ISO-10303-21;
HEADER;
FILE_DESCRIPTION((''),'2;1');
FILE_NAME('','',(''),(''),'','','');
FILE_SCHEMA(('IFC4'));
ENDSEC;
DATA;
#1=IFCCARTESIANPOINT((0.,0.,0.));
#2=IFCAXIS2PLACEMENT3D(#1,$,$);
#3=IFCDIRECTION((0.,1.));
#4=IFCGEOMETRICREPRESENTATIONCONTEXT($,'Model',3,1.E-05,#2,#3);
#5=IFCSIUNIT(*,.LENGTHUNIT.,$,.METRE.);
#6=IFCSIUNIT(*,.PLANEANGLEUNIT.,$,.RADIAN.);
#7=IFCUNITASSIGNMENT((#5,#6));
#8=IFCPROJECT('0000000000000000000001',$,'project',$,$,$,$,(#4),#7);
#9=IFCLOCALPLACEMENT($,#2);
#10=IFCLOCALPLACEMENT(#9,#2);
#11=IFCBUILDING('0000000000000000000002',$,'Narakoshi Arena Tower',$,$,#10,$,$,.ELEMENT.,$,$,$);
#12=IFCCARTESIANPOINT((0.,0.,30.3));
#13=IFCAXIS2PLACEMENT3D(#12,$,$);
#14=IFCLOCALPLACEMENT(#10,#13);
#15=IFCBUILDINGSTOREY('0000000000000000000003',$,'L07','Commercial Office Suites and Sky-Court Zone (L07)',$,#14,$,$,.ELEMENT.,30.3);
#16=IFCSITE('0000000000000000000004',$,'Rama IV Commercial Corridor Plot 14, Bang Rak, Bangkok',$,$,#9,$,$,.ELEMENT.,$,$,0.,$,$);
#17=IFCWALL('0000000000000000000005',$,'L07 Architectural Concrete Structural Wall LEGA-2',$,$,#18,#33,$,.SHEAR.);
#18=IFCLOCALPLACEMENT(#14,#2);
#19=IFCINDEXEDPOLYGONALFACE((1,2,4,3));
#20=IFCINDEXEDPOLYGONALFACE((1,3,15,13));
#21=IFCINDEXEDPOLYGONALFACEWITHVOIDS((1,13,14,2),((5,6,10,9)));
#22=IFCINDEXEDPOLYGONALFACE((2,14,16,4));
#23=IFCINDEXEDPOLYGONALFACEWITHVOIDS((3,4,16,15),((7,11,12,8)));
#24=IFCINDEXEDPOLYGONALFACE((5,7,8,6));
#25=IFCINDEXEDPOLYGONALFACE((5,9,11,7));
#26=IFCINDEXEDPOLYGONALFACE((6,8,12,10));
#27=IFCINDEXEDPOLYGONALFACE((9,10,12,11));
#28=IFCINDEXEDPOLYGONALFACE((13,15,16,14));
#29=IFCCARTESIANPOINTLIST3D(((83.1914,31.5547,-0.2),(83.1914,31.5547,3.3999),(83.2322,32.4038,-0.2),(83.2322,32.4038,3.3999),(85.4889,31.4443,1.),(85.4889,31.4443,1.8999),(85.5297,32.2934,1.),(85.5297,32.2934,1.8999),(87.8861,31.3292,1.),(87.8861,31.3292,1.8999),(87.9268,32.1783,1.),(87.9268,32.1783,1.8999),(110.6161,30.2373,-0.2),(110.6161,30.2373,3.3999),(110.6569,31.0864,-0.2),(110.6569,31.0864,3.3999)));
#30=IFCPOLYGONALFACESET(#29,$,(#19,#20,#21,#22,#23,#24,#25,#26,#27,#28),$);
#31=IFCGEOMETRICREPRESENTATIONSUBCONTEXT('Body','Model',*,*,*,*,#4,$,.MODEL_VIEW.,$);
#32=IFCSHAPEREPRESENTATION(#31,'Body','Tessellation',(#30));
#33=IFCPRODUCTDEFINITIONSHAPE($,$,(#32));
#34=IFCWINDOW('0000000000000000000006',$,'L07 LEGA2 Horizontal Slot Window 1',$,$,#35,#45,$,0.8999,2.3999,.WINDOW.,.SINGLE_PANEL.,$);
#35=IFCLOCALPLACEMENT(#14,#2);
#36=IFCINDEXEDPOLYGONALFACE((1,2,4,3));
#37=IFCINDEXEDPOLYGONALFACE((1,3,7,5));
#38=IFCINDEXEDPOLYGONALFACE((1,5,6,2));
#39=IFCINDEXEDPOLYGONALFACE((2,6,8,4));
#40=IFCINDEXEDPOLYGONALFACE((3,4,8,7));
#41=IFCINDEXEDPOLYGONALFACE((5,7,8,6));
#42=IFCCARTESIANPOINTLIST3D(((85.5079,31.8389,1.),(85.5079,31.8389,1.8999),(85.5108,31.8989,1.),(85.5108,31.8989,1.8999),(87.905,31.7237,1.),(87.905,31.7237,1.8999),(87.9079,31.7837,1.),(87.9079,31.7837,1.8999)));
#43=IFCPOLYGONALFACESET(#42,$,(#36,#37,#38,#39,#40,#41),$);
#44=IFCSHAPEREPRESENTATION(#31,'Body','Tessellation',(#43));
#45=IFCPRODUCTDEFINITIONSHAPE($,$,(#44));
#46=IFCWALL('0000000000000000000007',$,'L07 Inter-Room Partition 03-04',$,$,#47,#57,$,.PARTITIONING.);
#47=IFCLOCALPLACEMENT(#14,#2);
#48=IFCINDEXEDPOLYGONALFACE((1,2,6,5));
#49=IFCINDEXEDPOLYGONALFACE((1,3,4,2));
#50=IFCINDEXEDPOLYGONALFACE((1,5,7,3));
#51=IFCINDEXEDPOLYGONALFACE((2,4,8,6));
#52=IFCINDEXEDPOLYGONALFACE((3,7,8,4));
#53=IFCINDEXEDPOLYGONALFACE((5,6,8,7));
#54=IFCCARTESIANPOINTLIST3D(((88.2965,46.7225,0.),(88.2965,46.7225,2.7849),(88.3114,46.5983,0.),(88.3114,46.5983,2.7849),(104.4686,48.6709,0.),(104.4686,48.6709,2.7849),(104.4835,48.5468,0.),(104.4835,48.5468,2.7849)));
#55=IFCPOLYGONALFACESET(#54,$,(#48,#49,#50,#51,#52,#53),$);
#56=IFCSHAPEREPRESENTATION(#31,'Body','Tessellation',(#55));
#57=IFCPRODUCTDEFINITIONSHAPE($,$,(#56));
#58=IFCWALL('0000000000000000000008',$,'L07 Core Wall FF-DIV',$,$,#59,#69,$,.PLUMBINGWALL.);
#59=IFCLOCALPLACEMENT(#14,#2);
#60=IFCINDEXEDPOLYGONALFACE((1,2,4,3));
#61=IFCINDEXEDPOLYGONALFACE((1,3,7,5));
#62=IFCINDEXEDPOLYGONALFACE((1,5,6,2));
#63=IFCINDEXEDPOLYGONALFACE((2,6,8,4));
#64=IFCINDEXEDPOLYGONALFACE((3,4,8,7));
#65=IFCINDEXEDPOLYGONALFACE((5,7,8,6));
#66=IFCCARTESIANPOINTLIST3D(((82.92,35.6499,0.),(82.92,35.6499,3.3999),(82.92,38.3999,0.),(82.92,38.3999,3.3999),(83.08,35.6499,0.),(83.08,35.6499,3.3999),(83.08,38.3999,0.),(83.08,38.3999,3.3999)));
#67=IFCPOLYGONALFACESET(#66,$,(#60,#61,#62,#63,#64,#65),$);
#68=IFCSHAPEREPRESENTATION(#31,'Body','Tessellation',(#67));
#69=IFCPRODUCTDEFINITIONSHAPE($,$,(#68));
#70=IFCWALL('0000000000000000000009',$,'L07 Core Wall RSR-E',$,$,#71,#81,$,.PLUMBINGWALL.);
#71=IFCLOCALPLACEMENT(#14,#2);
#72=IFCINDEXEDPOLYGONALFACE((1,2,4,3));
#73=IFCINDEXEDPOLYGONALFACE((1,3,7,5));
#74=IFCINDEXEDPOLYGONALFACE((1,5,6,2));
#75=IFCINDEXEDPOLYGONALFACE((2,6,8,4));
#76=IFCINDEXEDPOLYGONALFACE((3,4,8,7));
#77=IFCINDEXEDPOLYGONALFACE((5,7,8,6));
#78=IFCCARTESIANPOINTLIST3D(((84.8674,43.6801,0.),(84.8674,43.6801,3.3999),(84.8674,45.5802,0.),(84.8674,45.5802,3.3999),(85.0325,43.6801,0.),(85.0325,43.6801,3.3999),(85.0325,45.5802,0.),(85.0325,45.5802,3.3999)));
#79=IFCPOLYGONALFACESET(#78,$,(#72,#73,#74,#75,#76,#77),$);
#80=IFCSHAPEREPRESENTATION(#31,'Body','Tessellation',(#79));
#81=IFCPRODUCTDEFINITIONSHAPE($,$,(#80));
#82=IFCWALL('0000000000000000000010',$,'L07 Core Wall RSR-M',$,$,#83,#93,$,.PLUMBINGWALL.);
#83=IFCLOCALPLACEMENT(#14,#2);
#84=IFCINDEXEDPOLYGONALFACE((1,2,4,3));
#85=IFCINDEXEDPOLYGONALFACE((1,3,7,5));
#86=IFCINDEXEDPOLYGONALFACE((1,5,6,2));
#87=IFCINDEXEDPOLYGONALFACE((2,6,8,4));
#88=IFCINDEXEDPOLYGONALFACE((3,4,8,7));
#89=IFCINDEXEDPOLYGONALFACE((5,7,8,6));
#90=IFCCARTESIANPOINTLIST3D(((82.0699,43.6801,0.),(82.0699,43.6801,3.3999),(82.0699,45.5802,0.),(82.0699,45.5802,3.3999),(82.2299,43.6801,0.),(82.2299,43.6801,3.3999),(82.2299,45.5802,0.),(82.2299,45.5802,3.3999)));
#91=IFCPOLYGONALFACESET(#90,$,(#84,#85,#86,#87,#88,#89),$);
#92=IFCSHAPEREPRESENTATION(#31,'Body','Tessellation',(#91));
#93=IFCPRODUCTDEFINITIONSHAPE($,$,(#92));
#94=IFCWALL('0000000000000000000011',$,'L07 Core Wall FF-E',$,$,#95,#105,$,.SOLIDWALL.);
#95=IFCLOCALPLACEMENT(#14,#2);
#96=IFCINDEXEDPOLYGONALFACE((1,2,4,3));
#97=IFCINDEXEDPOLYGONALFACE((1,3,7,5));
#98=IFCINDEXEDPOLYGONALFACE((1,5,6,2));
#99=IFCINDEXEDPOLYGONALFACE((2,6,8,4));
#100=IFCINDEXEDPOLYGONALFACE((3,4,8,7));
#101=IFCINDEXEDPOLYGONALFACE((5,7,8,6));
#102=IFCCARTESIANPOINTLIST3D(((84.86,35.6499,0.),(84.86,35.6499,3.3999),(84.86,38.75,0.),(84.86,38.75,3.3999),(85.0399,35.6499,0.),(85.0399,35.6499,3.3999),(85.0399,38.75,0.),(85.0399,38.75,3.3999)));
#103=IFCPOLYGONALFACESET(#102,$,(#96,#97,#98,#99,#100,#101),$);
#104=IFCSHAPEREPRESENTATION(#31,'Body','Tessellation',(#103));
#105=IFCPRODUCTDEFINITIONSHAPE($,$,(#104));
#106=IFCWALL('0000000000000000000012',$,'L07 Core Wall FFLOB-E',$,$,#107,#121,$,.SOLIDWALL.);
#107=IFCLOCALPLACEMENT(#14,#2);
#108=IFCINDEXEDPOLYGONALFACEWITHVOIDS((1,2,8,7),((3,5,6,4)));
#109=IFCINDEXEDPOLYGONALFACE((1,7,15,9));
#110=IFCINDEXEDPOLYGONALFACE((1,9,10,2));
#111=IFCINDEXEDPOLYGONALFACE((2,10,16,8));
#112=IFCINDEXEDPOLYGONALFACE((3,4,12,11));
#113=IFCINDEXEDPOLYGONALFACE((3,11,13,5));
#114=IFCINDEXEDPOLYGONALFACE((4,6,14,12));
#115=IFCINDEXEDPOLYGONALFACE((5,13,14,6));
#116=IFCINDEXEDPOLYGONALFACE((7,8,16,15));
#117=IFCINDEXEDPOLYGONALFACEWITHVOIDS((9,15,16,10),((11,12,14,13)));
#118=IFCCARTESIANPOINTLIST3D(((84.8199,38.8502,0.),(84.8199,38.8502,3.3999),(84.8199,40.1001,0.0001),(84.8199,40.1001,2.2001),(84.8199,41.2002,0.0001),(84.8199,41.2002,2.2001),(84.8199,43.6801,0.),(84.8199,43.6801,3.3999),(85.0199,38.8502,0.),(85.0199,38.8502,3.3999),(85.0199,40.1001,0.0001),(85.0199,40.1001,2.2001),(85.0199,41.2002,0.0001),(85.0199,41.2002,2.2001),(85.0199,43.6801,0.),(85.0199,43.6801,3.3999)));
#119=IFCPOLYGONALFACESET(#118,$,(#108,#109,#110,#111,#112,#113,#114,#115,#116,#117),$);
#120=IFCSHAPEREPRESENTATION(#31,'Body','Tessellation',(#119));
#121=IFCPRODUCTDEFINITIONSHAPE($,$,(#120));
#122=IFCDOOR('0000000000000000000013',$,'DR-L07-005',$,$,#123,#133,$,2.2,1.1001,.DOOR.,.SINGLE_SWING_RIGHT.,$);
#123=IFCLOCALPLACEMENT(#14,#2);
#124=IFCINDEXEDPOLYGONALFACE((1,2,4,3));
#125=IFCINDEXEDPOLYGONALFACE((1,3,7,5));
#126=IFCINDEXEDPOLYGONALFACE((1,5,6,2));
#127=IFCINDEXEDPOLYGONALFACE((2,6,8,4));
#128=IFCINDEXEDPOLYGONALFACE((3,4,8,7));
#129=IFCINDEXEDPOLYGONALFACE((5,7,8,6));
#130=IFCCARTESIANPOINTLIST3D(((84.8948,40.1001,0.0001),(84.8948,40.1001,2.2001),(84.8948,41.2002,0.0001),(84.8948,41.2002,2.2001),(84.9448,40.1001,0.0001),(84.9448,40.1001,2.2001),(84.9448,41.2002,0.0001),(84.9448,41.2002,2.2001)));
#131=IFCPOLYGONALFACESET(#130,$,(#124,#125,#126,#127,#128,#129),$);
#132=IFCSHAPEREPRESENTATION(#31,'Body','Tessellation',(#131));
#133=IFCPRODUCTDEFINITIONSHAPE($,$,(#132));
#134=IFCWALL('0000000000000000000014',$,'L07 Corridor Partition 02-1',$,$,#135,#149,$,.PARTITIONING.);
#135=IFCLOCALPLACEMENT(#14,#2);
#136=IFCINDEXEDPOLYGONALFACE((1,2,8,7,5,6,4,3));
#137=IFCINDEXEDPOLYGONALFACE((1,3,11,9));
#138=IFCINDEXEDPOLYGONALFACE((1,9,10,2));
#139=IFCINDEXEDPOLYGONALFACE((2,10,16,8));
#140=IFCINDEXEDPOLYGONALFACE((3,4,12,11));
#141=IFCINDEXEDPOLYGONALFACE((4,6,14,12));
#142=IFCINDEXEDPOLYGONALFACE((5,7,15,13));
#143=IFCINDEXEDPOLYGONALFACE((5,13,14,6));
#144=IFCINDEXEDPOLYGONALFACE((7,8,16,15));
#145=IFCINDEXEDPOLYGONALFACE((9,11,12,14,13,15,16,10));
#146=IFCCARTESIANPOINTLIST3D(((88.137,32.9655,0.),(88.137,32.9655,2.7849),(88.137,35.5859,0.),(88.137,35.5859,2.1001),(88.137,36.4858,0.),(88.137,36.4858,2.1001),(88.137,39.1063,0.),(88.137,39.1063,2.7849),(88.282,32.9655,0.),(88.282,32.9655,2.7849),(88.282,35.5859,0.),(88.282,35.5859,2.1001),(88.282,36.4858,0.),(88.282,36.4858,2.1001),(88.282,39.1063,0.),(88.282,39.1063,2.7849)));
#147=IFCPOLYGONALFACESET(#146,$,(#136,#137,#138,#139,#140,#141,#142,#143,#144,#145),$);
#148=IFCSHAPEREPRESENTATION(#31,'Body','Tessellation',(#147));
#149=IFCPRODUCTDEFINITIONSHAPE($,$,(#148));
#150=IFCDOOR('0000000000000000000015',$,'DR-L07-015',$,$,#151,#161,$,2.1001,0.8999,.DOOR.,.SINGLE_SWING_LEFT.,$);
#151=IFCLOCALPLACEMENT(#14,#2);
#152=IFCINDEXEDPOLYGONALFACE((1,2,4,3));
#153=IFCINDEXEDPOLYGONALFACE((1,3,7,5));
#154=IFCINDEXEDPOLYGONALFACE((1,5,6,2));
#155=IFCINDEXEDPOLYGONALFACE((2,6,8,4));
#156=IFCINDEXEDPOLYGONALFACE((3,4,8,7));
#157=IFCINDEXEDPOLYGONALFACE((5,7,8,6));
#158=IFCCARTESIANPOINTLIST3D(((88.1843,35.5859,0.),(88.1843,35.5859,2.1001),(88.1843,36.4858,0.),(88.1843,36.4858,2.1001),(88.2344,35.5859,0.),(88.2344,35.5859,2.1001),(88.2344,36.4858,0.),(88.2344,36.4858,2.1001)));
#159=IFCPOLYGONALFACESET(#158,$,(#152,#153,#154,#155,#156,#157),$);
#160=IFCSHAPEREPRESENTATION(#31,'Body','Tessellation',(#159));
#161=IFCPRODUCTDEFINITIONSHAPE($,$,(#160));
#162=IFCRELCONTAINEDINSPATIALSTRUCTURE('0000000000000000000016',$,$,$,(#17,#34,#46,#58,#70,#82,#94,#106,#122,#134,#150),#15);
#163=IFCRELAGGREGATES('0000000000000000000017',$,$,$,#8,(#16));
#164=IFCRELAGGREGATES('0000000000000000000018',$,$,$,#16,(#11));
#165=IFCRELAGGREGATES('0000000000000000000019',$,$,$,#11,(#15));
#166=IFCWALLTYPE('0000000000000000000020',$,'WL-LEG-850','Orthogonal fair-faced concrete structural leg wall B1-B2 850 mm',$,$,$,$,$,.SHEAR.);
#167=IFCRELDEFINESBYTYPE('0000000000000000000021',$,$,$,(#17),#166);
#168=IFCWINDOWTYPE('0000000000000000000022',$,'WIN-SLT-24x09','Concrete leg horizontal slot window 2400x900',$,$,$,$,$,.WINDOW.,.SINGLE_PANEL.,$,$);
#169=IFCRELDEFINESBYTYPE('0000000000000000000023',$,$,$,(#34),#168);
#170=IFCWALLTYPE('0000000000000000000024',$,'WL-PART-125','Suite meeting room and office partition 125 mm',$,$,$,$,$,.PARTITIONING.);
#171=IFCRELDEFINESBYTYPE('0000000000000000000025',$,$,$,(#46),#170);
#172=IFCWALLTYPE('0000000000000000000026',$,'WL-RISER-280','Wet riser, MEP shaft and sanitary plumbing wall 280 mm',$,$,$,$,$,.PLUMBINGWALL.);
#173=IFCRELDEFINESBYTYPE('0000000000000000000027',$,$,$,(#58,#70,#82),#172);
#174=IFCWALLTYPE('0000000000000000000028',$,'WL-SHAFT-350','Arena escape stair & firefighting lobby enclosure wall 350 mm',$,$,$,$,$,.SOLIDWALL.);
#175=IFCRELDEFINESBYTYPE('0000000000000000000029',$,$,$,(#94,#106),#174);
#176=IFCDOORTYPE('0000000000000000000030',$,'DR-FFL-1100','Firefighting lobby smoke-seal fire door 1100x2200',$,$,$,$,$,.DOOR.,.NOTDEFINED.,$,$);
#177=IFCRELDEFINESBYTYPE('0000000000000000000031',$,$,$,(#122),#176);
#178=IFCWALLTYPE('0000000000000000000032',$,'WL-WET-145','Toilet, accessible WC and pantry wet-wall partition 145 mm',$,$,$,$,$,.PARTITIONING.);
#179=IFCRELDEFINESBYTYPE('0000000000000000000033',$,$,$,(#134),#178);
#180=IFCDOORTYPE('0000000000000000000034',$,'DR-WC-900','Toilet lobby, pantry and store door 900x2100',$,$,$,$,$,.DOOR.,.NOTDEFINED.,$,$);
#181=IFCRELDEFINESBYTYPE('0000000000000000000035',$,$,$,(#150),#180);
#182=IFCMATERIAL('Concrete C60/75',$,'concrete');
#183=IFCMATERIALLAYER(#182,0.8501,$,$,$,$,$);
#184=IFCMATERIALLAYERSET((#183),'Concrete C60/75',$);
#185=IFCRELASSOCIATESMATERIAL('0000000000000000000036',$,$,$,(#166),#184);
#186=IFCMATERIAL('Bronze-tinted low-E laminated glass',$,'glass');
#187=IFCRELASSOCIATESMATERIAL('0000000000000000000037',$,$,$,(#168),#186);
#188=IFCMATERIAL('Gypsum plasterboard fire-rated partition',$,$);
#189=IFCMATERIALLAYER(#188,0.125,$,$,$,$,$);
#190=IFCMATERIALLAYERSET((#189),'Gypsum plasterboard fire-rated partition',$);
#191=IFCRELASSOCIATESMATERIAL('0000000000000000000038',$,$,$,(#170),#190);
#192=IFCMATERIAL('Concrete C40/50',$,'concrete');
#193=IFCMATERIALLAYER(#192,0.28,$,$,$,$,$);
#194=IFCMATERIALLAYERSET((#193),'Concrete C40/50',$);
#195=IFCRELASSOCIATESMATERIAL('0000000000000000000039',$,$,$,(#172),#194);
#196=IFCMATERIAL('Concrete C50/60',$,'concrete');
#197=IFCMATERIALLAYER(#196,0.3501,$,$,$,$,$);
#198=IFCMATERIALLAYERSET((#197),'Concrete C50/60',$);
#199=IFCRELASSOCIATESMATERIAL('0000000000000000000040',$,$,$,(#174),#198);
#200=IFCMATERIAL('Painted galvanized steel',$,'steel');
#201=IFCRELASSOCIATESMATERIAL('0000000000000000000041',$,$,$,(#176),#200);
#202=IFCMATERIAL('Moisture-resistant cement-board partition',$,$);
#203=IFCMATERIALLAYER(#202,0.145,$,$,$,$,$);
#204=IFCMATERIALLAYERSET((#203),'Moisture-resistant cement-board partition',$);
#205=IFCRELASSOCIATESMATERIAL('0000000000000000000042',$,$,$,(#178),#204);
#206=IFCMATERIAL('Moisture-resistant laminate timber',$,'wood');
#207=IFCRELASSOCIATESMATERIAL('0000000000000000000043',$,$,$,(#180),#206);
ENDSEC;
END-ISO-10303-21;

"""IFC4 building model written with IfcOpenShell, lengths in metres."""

from ifc_helpers import new_model, si_unit, direction, frame, frame_2d, origin, place, context, subcontext, project, spatial, rectangle, extrude, material, layer, layer_set, type_object, element, fill, save


model = new_model("IFC4")

# Units and contexts
model_context = context("Model", 3, precision=1e-05, world=origin(), true_north=direction((0.0, 1.0)))
body_context = subcontext(model_context, "Body", "Model", "MODEL_VIEW")
ifc_project = project(units=[si_unit("LENGTHUNIT", "METRE"), si_unit("PLANEANGLEUNIT", "RADIAN")], contexts=[model_context])

# Site, building, storey
site_placement = place(None, origin())
site = spatial("IfcSite", under=ifc_project, at=site_placement, Name="Rama IV Commercial Corridor Plot 14, Bang Rak, Bangkok", CompositionType="ELEMENT", RefElevation=0.0)
building_placement = place(site_placement, origin())
building = spatial("IfcBuilding", under=site, at=building_placement, Name="Narakoshi Arena Tower", CompositionType="ELEMENT")
storey_placement = place(building_placement, frame((0.0, 0.0, 30.3)))
storey = spatial("IfcBuildingStorey", under=building, at=storey_placement, Name="L07", Description="Commercial Office Suites and Sky-Court Zone (L07)", CompositionType="ELEMENT", Elevation=30.3)

# Shared definitions
ifc_material_1 = material(Name="Concrete C60/75", Category="concrete")

# Shared definitions
ifc_material_2 = material(Name="Gypsum plasterboard fire-rated partition")

# Wall, opening, window
ifc_layer_1 = layer(ifc_material_1, 0.8501)
ifc_layer_set_1 = layer_set([ifc_layer_1], Name="Concrete C60/75")
wall_type_1 = type_object("IfcWallType", Name="WL-LEG-850", Description="Orthogonal fair-faced concrete structural leg wall B1-B2 850 mm", PredefinedType="SHEAR", material=ifc_layer_set_1)
wall_1_placement = place(storey_placement, frame((83.2119, 31.9792, -0.2), z_axis=(0.0, 0.0, 1.0), x_axis=(0.998848, -0.047981, 0.0)))
wall_1 = element("IfcWall", 1, at=wall_1_placement, inside=storey, type_object=wall_type_1, Name="L07 Architectural Concrete Structural Wall LEGA-2", PredefinedType="SHEAR", context=body_context, shape_type="SweptSolid", body=[
    extrude(rectangle(XDim=27.4563, YDim=0.8501, at=frame_2d((13.728, 0.0))), origin(), (0.0, 0.0, 1.0), 3.5999),
])
opening_1_placement = place(wall_1_placement, frame((2.3, 0.0, 1.2)))
opening_1 = element("IfcOpeningElement", 2, at=opening_1_placement, cuts=wall_1, PredefinedType="OPENING", context=body_context, shape_type="SweptSolid", body=[
    extrude(rectangle(XDim=2.3999, YDim=0.8999, at=frame_2d((1.2, 0.45))), frame((0.0, 0.4351, 0.0), z_axis=(0.0, -1.0, 0.0), x_axis=(1.0, 0.0, 0.0)), (0.0, 0.0, 1.0), 0.8701),
])
ifc_material_3 = material(Name="Bronze-tinted low-E laminated glass", Category="glass")
window_type = type_object("IfcWindowType", Name="WIN-SLT-24x09", Description="Concrete leg horizontal slot window 2400x900", PartitioningType="SINGLE_PANEL", PredefinedType="WINDOW", material=ifc_material_3)
window_placement = place(opening_1_placement, origin())
window = element("IfcWindow", 3, at=window_placement, inside=storey, type_object=window_type, Name="L07 LEGA2 Horizontal Slot Window 1", OverallHeight=0.8999, OverallWidth=2.3999, PartitioningType="SINGLE_PANEL", PredefinedType="WINDOW", context=body_context, shape_type="SweptSolid", body=[
    extrude(rectangle(XDim=2.3999, YDim=0.8999, at=frame_2d((1.2, 0.45))), frame((0.0, 0.03, 0.0), z_axis=(0.0, -1.0, 0.0), x_axis=(1.0, 0.0, 0.0)), (0.0, 0.0, 1.0), 0.0601),
])
fill(opening_1, window)

# Walls
ifc_layer_2 = layer(ifc_material_2, 0.125)
ifc_layer_set_2 = layer_set([ifc_layer_2], Name="Gypsum plasterboard fire-rated partition")
wall_type_2 = type_object("IfcWallType", Name="WL-PART-125", Description="Suite meeting room and office partition 125 mm", PredefinedType="PARTITIONING", material=ifc_layer_set_2)
wall_2_placement = place(storey_placement, frame((88.304, 46.6604, 0.0), z_axis=(0.0, 0.0, 1.0), x_axis=(0.99282, 0.119619, 0.0)))
element("IfcWall", 4, at=wall_2_placement, inside=storey, type_object=wall_type_2, Name="L07 Inter-Room Partition 03-04", PredefinedType="PARTITIONING", context=body_context, shape_type="SweptSolid", body=[
    extrude(rectangle(XDim=16.2891, YDim=0.125, at=frame_2d((8.1445, 0.0))), origin(), (0.0, 0.0, 1.0), 2.7849),
])
ifc_material_4 = material(Name="Concrete C40/50", Category="concrete")
ifc_layer_3 = layer(ifc_material_4, 0.28)
ifc_layer_set_3 = layer_set([ifc_layer_3], Name="Concrete C40/50")
wall_type_3 = type_object("IfcWallType", Name="WL-RISER-280", Description="Wet riser, MEP shaft and sanitary plumbing wall 280 mm", PredefinedType="PLUMBINGWALL", material=ifc_layer_set_3)
wall_3_placement = place(storey_placement, frame((83.0, 35.6499, 0.0), z_axis=(0.0, 0.0, 1.0), x_axis=(0.0, 1.0, 0.0)))
element("IfcWall", 5, at=wall_3_placement, inside=storey, type_object=wall_type_3, Name="L07 Core Wall FF-DIV", PredefinedType="PLUMBINGWALL", context=body_context, shape_type="SweptSolid", body=[
    extrude(rectangle(XDim=2.75, YDim=0.1599, at=frame_2d((1.375, 0.0))), origin(), (0.0, 0.0, 1.0), 3.3999),
])
wall_4_placement = place(storey_placement, frame((84.95, 43.6799, 0.0), z_axis=(0.0, 0.0, 1.0), x_axis=(0.0, 1.0, 0.0)))
element("IfcWall", 6, at=wall_4_placement, inside=storey, type_object=wall_type_3, Name="L07 Core Wall RSR-E", PredefinedType="PLUMBINGWALL", context=body_context, shape_type="SweptSolid", body=[
    extrude(rectangle(XDim=1.9001, YDim=0.165, at=frame_2d((0.9502, 0.0))), origin(), (0.0, 0.0, 1.0), 3.3999),
])
wall_5_placement = place(storey_placement, frame((82.1499, 43.6799, 0.0), z_axis=(0.0, 0.0, 1.0), x_axis=(0.0, 1.0, 0.0)))
element("IfcWall", 7, at=wall_5_placement, inside=storey, type_object=wall_type_3, Name="L07 Core Wall RSR-M", PredefinedType="PLUMBINGWALL", context=body_context, shape_type="SweptSolid", body=[
    extrude(rectangle(XDim=1.9001, YDim=0.1599, at=frame_2d((0.9502, 0.0))), origin(), (0.0, 0.0, 1.0), 3.3999),
])
ifc_material_5 = material(Name="Concrete C50/60", Category="concrete")
ifc_layer_4 = layer(ifc_material_5, 0.3501)
ifc_layer_set_4 = layer_set([ifc_layer_4], Name="Concrete C50/60")
wall_type_4 = type_object("IfcWallType", Name="WL-SHAFT-350", Description="Arena escape stair & firefighting lobby enclosure wall 350 mm", PredefinedType="SOLIDWALL", material=ifc_layer_set_4)
wall_6_placement = place(storey_placement, frame((84.95, 35.6499, 0.0), z_axis=(0.0, 0.0, 1.0), x_axis=(0.0, 1.0, 0.0)))
element("IfcWall", 8, at=wall_6_placement, inside=storey, type_object=wall_type_4, Name="L07 Core Wall FF-E", PredefinedType="SOLIDWALL", context=body_context, shape_type="SweptSolid", body=[
    extrude(rectangle(XDim=3.1001, YDim=0.1799, at=frame_2d((1.55, 0.0))), origin(), (0.0, 0.0, 1.0), 3.3999),
])

# Walls, openings, doors
wall_7_placement = place(storey_placement, frame((84.9199, 38.8501, 0.0), z_axis=(0.0, 0.0, 1.0), x_axis=(0.0, 1.0, 0.0)))
wall_7 = element("IfcWall", 9, at=wall_7_placement, inside=storey, type_object=wall_type_4, Name="L07 Core Wall FFLOB-E", PredefinedType="SOLIDWALL", context=body_context, shape_type="SweptSolid", body=[
    extrude(rectangle(XDim=4.8298, YDim=0.2, at=frame_2d((2.415, 0.0))), origin(), (0.0, 0.0, 1.0), 3.3999),
])
opening_2_placement = place(wall_7_placement, frame((1.25, 0.0, 0.0)))
opening_2 = element("IfcOpeningElement", 10, at=opening_2_placement, cuts=wall_7, PredefinedType="OPENING", context=body_context, shape_type="SweptSolid", body=[
    extrude(rectangle(XDim=1.1001, YDim=2.2, at=frame_2d((0.55, 1.1001))), frame((0.0, 0.1099, 0.0), z_axis=(0.0, -1.0, 0.0), x_axis=(1.0, 0.0, 0.0)), (0.0, 0.0, 1.0), 0.22),
])
ifc_material_6 = material(Name="Painted galvanized steel", Category="steel")
door_type_1 = type_object("IfcDoorType", Name="DR-FFL-1100", Description="Firefighting lobby smoke-seal fire door 1100x2200", OperationType="NOTDEFINED", PredefinedType="DOOR", material=ifc_material_6)
door_1_placement = place(opening_2_placement, frame((1.1001, 0.0, 0.0), z_axis=(0.0, 0.0, 1.0), x_axis=(-1.0, 0.0, 0.0)))
door_1 = element("IfcDoor", 11, at=door_1_placement, inside=storey, type_object=door_type_1, Name="DR-L07-005", OperationType="SINGLE_SWING_RIGHT", OverallHeight=2.2, OverallWidth=1.1001, PredefinedType="DOOR", context=body_context, shape_type="SweptSolid", body=[
    extrude(rectangle(XDim=1.1001, YDim=2.2, at=frame_2d((0.55, 1.1001))), frame((0.0, 0.0249, 0.0), z_axis=(0.0, -1.0, 0.0), x_axis=(1.0, 0.0, 0.0)), (0.0, 0.0, 1.0), 0.05),
])
fill(opening_2, door_1)
ifc_material_7 = material(Name="Moisture-resistant cement-board partition")
ifc_layer_5 = layer(ifc_material_7, 0.145)
ifc_layer_set_5 = layer_set([ifc_layer_5], Name="Moisture-resistant cement-board partition")
wall_type_5 = type_object("IfcWallType", Name="WL-WET-145", Description="Toilet, accessible WC and pantry wet-wall partition 145 mm", PredefinedType="PARTITIONING", material=ifc_layer_set_5)
wall_8_placement = place(storey_placement, frame((88.2095, 32.9656, 0.0), z_axis=(0.0, 0.0, 1.0), x_axis=(0.0, 1.0, 0.0)))
wall_8 = element("IfcWall", 12, at=wall_8_placement, inside=storey, type_object=wall_type_5, Name="L07 Corridor Partition 02-1", PredefinedType="PARTITIONING", context=body_context, shape_type="SweptSolid", body=[
    extrude(rectangle(XDim=6.1409, YDim=0.145, at=frame_2d((3.0703, 0.0))), origin(), (0.0, 0.0, 1.0), 2.7849),
])
opening_3_placement = place(wall_8_placement, frame((2.6204, 0.0, 0.0)))
opening_3 = element("IfcOpeningElement", 13, at=opening_3_placement, cuts=wall_8, PredefinedType="OPENING", context=body_context, shape_type="SweptSolid", body=[
    extrude(rectangle(XDim=0.8999, YDim=2.1001, at=frame_2d((0.45, 1.05))), frame((0.0, 0.0825, 0.0), z_axis=(0.0, -1.0, 0.0), x_axis=(1.0, 0.0, 0.0)), (0.0, 0.0, 1.0), 0.165),
])
ifc_material_8 = material(Name="Moisture-resistant laminate timber", Category="wood")
door_type_2 = type_object("IfcDoorType", Name="DR-WC-900", Description="Toilet lobby, pantry and store door 900x2100", OperationType="NOTDEFINED", PredefinedType="DOOR", material=ifc_material_8)
door_2_placement = place(opening_3_placement, frame((0.8999, 0.0, 0.0), z_axis=(0.0, 0.0, 1.0), x_axis=(-1.0, 0.0, 0.0)))
door_2 = element("IfcDoor", 14, at=door_2_placement, inside=storey, type_object=door_type_2, Name="DR-L07-015", OperationType="SINGLE_SWING_LEFT", OverallHeight=2.1001, OverallWidth=0.8999, PredefinedType="DOOR", context=body_context, shape_type="SweptSolid", body=[
    extrude(rectangle(XDim=0.8999, YDim=2.1001, at=frame_2d((0.45, 1.05))), frame((0.0, 0.0249, 0.0), z_axis=(0.0, -1.0, 0.0), x_axis=(1.0, 0.0, 0.0)), (0.0, 0.0, 1.0), 0.05),
])
fill(opening_3, door_2)

save(model, "model.ifc")
